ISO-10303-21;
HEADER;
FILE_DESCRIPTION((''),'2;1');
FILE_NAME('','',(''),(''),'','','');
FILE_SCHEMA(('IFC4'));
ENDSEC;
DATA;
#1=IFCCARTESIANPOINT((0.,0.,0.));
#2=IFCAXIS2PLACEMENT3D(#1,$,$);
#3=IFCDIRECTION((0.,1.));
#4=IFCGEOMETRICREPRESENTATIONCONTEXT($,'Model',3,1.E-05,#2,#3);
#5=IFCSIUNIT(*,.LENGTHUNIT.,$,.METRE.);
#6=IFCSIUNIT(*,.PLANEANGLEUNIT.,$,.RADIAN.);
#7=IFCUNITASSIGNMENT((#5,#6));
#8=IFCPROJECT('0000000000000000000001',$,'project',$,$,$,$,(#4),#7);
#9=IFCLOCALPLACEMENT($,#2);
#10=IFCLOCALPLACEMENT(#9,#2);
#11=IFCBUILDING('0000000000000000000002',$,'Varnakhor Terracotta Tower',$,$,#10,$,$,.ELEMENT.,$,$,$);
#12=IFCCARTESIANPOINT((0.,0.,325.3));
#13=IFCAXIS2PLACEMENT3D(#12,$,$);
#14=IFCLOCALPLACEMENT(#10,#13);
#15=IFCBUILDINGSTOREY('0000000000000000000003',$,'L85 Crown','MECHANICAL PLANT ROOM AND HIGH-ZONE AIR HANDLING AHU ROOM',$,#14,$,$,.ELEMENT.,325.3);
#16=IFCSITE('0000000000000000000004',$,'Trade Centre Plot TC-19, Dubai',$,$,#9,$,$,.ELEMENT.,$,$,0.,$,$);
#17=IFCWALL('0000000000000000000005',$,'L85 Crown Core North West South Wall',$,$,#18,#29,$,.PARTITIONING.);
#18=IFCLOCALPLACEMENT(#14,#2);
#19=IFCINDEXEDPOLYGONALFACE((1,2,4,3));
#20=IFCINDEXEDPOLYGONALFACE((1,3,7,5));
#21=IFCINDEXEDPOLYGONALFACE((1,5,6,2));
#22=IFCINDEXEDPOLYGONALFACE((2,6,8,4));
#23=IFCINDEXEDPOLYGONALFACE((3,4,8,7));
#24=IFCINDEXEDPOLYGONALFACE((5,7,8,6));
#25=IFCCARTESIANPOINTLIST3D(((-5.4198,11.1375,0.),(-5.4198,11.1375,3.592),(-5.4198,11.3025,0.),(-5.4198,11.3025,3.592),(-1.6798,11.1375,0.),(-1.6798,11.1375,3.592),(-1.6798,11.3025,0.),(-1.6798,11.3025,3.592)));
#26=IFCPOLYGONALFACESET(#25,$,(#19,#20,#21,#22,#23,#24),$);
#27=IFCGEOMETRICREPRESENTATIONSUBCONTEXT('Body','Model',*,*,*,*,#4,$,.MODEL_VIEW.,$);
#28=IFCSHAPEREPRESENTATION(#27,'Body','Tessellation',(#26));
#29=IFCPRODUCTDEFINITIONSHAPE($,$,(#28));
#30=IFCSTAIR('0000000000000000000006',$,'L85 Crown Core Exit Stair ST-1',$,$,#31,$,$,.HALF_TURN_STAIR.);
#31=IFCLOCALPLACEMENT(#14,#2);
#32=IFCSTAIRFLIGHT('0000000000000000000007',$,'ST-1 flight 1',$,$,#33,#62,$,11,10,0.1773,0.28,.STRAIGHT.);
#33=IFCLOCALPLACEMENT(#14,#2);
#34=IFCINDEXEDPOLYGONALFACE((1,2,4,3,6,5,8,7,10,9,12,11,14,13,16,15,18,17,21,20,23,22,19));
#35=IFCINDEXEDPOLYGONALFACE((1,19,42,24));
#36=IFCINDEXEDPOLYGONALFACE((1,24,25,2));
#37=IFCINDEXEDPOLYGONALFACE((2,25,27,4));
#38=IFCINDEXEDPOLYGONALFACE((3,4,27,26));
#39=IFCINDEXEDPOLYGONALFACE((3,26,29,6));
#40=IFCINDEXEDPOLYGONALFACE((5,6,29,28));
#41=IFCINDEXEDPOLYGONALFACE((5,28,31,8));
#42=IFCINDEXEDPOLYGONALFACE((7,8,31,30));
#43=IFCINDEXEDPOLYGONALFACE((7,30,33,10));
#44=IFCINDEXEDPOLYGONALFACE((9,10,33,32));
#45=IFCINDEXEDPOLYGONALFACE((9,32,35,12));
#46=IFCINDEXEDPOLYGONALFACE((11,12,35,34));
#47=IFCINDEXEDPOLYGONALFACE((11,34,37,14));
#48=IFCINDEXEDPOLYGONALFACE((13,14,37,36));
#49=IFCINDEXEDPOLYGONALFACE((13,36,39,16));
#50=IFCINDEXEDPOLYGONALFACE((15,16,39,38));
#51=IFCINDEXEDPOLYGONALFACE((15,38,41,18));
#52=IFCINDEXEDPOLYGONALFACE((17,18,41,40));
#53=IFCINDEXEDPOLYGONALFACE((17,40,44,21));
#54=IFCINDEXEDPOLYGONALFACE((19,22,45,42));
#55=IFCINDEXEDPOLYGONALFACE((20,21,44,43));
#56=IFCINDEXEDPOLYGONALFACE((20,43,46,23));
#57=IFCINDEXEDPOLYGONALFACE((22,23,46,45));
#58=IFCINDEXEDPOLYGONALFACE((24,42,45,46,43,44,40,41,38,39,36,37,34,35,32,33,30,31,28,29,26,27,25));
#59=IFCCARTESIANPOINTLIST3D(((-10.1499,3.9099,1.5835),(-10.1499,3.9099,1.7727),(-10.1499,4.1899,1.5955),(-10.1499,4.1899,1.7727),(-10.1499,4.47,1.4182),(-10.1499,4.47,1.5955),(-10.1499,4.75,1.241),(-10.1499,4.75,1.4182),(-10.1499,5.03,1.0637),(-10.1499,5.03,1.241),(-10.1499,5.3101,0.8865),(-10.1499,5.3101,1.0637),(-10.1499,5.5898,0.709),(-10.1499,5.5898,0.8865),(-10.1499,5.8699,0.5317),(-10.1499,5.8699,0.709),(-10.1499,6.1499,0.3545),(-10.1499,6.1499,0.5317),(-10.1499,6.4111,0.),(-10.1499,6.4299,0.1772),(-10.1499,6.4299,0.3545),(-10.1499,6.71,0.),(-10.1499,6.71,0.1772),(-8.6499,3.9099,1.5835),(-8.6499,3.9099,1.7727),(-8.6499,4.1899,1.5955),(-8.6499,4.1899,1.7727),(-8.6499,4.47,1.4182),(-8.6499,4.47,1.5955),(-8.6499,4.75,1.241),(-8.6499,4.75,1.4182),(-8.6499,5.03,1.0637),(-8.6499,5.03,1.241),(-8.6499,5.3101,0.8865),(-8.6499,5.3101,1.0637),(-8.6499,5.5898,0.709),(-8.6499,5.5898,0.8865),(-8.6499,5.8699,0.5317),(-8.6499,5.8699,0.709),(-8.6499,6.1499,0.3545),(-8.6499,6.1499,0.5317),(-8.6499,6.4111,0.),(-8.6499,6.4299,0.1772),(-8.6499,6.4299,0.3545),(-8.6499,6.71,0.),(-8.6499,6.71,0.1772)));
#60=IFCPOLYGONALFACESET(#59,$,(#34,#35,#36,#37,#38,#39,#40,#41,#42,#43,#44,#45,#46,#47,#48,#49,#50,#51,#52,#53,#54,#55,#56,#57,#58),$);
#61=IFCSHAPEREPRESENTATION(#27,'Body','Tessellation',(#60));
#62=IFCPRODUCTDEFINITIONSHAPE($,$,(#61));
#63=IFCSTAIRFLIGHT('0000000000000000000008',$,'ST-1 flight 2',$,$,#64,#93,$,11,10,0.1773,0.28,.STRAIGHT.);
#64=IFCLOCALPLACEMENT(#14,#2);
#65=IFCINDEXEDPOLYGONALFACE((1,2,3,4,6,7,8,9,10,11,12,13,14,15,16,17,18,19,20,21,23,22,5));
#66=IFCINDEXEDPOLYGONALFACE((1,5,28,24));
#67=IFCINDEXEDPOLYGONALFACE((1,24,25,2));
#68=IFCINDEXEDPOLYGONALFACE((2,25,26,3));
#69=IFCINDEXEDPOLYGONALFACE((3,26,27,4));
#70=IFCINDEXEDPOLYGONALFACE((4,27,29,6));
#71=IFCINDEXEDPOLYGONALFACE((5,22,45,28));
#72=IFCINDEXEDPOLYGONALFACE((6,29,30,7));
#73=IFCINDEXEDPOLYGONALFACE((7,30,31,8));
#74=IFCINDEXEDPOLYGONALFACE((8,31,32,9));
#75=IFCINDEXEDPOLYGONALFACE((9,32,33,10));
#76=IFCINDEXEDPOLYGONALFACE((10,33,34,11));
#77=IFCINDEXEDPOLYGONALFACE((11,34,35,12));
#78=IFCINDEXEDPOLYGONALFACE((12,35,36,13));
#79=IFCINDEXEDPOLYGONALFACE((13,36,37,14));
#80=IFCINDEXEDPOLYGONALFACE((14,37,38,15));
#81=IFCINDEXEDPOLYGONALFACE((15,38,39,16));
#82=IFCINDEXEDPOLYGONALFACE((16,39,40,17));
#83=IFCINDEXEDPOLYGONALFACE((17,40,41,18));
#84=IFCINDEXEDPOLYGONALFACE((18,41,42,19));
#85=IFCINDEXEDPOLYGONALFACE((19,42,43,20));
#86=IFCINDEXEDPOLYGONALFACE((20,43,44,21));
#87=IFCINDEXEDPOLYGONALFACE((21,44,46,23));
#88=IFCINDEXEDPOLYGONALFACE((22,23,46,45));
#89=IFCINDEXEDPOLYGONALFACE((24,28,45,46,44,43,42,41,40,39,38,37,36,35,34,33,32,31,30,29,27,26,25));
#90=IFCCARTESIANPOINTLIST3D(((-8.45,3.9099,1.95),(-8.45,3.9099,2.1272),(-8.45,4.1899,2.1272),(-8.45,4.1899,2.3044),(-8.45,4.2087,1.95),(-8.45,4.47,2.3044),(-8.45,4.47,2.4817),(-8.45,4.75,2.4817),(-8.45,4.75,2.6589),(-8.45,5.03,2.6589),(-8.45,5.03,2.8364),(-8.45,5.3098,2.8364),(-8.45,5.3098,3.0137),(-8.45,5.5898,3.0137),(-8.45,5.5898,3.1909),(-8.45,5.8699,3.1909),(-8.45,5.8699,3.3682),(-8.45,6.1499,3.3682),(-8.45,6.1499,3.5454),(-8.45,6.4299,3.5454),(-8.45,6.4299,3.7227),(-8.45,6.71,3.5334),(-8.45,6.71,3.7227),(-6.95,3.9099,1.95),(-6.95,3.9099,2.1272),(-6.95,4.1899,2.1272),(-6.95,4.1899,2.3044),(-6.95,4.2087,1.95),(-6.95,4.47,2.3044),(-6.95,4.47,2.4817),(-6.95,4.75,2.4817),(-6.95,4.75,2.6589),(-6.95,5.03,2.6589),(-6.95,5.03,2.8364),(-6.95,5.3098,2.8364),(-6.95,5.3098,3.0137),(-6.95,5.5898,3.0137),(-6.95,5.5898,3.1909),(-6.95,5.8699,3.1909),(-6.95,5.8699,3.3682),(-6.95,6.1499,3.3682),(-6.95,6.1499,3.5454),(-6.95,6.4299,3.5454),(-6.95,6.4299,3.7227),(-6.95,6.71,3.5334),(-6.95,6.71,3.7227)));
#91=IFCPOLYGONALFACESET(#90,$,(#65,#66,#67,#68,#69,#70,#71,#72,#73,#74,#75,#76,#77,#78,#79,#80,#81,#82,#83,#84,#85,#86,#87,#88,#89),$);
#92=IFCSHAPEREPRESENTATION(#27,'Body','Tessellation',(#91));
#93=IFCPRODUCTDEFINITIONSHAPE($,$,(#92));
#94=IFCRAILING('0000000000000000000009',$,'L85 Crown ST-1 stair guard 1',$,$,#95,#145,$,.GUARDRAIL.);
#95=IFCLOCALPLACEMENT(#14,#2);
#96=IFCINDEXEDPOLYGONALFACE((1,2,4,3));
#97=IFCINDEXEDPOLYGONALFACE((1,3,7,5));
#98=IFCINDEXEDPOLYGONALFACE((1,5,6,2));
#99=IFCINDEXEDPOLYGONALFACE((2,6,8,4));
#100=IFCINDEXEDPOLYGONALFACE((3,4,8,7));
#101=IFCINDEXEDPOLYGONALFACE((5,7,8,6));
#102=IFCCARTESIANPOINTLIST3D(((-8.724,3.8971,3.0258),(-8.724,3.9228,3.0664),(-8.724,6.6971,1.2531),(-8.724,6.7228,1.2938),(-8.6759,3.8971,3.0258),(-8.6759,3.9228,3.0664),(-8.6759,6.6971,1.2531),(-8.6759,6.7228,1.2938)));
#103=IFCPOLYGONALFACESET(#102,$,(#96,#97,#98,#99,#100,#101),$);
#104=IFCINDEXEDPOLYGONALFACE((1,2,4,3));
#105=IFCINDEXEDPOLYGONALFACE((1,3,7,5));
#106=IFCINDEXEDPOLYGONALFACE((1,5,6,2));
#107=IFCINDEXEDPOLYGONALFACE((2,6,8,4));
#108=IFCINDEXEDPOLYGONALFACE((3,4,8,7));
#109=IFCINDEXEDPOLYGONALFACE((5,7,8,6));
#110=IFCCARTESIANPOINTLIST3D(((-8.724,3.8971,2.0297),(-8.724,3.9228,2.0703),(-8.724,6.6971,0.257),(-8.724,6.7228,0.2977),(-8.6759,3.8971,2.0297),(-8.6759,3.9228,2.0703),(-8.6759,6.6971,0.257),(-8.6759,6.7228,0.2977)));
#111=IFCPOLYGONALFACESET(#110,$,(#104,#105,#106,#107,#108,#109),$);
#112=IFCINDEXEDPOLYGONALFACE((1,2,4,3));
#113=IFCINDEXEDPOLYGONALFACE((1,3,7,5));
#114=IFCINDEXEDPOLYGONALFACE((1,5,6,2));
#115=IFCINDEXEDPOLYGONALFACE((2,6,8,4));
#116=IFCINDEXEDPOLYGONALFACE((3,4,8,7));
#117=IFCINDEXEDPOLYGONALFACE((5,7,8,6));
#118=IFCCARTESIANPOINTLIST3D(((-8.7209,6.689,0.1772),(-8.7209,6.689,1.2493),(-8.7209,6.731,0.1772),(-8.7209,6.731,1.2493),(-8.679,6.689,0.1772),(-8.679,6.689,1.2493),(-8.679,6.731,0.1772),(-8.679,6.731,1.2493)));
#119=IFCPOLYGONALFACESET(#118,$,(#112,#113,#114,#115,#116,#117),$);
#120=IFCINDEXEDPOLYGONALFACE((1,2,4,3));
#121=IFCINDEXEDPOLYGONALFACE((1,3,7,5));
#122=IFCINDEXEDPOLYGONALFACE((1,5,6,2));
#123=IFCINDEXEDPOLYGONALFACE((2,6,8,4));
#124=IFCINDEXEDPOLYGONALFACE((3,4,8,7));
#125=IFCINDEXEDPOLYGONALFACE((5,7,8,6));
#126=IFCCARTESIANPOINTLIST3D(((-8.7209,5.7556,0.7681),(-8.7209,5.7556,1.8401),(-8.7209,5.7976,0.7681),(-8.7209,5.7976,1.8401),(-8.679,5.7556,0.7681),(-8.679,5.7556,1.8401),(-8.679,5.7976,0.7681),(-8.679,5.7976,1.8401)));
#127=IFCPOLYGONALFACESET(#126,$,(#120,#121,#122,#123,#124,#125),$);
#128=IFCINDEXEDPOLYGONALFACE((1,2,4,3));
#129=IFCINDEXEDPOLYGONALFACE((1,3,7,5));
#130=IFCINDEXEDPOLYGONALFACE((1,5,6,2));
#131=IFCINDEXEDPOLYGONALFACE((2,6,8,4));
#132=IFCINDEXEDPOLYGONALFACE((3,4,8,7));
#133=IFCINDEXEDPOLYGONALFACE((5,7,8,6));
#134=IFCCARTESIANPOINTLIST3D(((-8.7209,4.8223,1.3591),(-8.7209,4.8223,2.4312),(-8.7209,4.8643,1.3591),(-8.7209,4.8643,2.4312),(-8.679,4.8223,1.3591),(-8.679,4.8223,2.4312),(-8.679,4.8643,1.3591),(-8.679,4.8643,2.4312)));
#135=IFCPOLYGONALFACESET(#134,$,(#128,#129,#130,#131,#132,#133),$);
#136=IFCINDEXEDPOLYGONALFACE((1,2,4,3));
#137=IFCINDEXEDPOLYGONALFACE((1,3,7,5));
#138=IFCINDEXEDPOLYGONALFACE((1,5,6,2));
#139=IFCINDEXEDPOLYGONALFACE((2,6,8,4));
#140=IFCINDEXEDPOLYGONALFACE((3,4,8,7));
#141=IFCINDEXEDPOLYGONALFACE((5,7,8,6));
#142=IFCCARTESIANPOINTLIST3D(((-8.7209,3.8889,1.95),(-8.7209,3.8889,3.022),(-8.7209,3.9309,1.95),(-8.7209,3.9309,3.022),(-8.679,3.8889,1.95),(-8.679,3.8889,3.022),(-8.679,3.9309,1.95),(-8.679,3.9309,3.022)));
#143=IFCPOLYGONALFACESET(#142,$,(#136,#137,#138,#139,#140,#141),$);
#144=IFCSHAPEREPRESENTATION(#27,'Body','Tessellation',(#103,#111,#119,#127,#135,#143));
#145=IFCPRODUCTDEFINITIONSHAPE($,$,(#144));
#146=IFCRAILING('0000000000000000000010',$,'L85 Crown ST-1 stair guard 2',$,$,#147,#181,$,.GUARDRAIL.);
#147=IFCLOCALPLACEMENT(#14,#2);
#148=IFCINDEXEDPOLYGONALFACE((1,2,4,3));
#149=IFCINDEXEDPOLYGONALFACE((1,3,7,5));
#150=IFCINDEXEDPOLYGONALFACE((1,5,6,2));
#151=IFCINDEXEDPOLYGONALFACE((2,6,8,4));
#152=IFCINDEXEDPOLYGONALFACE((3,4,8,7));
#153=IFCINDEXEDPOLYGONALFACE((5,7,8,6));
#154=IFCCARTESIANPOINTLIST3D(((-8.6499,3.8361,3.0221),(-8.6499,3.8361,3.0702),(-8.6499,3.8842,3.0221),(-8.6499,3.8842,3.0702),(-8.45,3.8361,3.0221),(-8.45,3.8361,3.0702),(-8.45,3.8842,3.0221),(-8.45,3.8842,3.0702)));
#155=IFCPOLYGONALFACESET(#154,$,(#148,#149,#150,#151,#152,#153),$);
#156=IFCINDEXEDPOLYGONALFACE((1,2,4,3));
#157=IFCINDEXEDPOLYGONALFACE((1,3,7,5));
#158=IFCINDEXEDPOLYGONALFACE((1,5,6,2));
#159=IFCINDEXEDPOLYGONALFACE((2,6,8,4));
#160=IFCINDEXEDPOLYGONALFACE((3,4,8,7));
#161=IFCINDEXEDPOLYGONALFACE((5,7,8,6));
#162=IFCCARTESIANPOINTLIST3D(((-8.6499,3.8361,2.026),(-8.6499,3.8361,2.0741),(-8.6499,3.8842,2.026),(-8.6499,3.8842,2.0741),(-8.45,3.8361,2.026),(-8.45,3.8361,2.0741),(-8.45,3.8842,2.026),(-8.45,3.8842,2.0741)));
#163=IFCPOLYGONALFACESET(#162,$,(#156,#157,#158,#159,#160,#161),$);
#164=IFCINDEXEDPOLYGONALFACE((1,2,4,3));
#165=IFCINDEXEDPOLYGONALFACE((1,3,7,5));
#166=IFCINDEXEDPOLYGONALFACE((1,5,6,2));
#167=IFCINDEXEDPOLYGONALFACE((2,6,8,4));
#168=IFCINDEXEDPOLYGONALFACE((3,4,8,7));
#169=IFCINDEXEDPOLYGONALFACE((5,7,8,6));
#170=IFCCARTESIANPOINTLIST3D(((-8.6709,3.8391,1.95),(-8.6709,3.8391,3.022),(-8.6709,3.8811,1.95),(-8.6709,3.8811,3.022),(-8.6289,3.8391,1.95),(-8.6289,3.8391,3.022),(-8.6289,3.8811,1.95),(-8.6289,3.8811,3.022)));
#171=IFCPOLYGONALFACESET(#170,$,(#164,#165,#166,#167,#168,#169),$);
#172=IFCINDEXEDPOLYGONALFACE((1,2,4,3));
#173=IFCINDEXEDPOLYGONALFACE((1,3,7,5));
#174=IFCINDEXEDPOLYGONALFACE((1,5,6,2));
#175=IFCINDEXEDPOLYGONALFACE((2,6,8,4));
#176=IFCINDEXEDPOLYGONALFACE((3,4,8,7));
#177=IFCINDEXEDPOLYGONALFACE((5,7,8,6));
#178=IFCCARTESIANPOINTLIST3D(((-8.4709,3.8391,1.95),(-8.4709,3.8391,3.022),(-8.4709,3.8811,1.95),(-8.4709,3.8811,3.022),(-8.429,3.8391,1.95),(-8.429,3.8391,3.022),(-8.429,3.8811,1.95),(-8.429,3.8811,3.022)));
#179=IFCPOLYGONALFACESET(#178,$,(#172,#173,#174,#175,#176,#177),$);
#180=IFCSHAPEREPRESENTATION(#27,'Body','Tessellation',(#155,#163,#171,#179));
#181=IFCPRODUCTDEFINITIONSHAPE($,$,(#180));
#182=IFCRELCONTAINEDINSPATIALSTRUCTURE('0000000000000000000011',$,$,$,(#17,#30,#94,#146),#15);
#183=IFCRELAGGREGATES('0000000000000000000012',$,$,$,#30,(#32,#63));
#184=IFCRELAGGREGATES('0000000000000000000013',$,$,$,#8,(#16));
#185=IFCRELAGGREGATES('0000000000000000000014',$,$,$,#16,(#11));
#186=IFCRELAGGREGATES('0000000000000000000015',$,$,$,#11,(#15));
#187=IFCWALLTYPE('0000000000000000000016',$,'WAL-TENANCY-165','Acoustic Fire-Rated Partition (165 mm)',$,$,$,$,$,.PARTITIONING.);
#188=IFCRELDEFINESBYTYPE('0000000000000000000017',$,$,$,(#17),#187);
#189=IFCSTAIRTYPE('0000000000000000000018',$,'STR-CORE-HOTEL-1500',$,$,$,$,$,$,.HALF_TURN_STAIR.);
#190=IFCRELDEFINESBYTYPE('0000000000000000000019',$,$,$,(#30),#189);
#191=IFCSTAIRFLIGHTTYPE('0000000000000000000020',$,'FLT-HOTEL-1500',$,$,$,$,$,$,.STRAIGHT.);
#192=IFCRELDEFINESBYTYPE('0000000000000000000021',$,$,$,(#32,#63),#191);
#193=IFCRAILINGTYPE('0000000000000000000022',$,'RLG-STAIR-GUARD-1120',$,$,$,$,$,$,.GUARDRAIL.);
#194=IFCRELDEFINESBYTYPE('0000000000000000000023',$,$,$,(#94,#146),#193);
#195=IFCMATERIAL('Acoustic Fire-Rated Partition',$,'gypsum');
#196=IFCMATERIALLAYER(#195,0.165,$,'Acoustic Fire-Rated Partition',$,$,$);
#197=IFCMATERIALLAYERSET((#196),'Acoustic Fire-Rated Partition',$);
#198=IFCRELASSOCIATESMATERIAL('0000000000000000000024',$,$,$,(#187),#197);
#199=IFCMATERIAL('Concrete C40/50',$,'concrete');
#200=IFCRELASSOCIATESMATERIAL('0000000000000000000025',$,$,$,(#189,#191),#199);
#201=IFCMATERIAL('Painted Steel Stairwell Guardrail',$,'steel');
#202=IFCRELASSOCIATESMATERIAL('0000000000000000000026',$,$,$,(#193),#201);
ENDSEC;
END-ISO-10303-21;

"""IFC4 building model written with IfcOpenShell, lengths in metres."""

from ifc_helpers import new_model, si_unit, direction, frame, frame_2d, origin, origin_2d, place, context, subcontext, project, spatial, polyline, rectangle, outline, extrude, material, layer, layer_set, type_object, element, aggregate, save


model = new_model("IFC4")

# Units and contexts
model_context = context("Model", 3, precision=1e-05, world=origin(), true_north=direction((0.0, 1.0)))
body_context = subcontext(model_context, "Body", "Model", "MODEL_VIEW")
ifc_project = project(units=[si_unit("LENGTHUNIT", "METRE"), si_unit("PLANEANGLEUNIT", "RADIAN")], contexts=[model_context])

# Site, building, storey
site_placement = place(None, origin())
site = spatial("IfcSite", under=ifc_project, at=site_placement, Name="Trade Centre Plot TC-19, Dubai", CompositionType="ELEMENT", RefElevation=0.0)
building_placement = place(site_placement, origin())
building = spatial("IfcBuilding", under=site, at=building_placement, Name="Varnakhor Terracotta Tower", CompositionType="ELEMENT")
storey_placement = place(building_placement, frame((0.0, 0.0, 325.3)))
storey = spatial("IfcBuildingStorey", under=building, at=storey_placement, Name="L85 Crown", Description="MECHANICAL PLANT ROOM AND HIGH-ZONE AIR HANDLING AHU ROOM", CompositionType="ELEMENT", Elevation=325.3)

# Shared definitions
ifc_material_1 = material(Name="Concrete C40/50", Category="concrete")

# Shared definitions
ifc_material_2 = material(Name="Acoustic Fire-Rated Partition", Category="gypsum")
ifc_layer_1 = layer(ifc_material_2, 0.165, Name="Acoustic Fire-Rated Partition")
ifc_layer_set_1 = layer_set([ifc_layer_1], Name="Acoustic Fire-Rated Partition")
wall_type_1 = type_object("IfcWallType", Name="WAL-TENANCY-165", Description="Acoustic Fire-Rated Partition (165 mm)", PredefinedType="PARTITIONING", material=ifc_layer_set_1)

# Wall
wall_1_placement = place(storey_placement, frame((-5.4199, 11.22, 0.0), z_axis=(0.0, 0.0, 1.0), x_axis=(1.0, 0.0, 0.0)))
element("IfcWall", 1, at=wall_1_placement, inside=storey, type_object=wall_type_1, Name="L85 Crown Core North West South Wall", PredefinedType="PARTITIONING", context=body_context, shape_type="SweptSolid", body=[
    extrude(rectangle(XDim=3.74, YDim=0.165, at=frame_2d((1.8701, 0.0))), origin(), (0.0, 0.0, 1.0), 3.592),
])

# Stair, stair flights
stair_type = type_object("IfcStairType", Name="STR-CORE-HOTEL-1500", PredefinedType="HALF_TURN_STAIR", material=ifc_material_1)
stair_placement = place(storey_placement, origin())
stair = element("IfcStair", 2, at=stair_placement, inside=storey, type_object=stair_type, Name="L85 Crown Core Exit Stair ST-1", PredefinedType="HALF_TURN_STAIR")
stair_flight_type = type_object("IfcStairFlightType", Name="FLT-HOTEL-1500", PredefinedType="STRAIGHT", material=ifc_material_1)
stair_flight_1_placement = place(storey_placement, frame((-9.3999, 6.71, 0.0), z_axis=(0.0, 0.0, 1.0), x_axis=(0.0, -1.0, 0.0)))
stair_flight_1 = element("IfcStairFlight", 3, at=stair_flight_1_placement, type_object=stair_flight_type, Name="ST-1 flight 1", NumberOfRisers=11, NumberOfTreads=10, PredefinedType="STRAIGHT", RiserHeight=0.1773, TreadLength=0.28, context=body_context, shape_type="SweptSolid", body=[
    extrude(outline(polyline([(0.0, 0.0), (0.0, 0.1772), (0.28, 0.1772), (0.28, 0.3545), (0.5601, 0.3545), (0.5601, 0.5317), (0.8401, 0.5317), (0.8401, 0.709), (1.1201, 0.709), (1.1201, 0.8865), (1.3999, 0.8865), (1.3999, 1.0637), (1.6799, 1.0637), (1.6799, 1.241), (1.96, 1.241), (1.96, 1.4182), (2.24, 1.4182), (2.24, 1.5955), (2.52, 1.5955), (2.52, 1.7727), (2.8, 1.7727), (2.8, 1.95), (2.8, 1.5835), (0.2988, 0.0), (0.0, 0.0)])), frame((0.0, 0.75, 0.0), z_axis=(0.0, -1.0, 0.0), x_axis=(1.0, 0.0, 0.0)), (0.0, 0.0, 1.0), 1.5),
])
stair_flight_2_placement = place(storey_placement, frame((-7.7, 3.9099, 1.95), z_axis=(0.0, 0.0, 1.0), x_axis=(0.0, 1.0, 0.0)))
stair_flight_2 = element("IfcStairFlight", 4, at=stair_flight_2_placement, type_object=stair_flight_type, Name="ST-1 flight 2", NumberOfRisers=11, NumberOfTreads=10, PredefinedType="STRAIGHT", RiserHeight=0.1773, TreadLength=0.28, context=body_context, shape_type="SweptSolid", body=[
    extrude(outline(polyline([(0.0, 0.0), (0.0, 0.1772), (0.28, 0.1772), (0.28, 0.3545), (0.5601, 0.3545), (0.5601, 0.5317), (0.8401, 0.5317), (0.8401, 0.709), (1.1201, 0.709), (1.1201, 0.8865), (1.3999, 0.8865), (1.3999, 1.0637), (1.6799, 1.0637), (1.6799, 1.241), (1.96, 1.241), (1.96, 1.4182), (2.24, 1.4182), (2.24, 1.5955), (2.52, 1.5955), (2.52, 1.7727), (2.8, 1.7727), (2.8, 1.95), (2.8, 1.5835), (0.2988, 0.0), (0.0, 0.0)])), frame((0.0, 0.75, 0.0), z_axis=(0.0, -1.0, 0.0), x_axis=(1.0, 0.0, 0.0)), (0.0, 0.0, 1.0), 1.5),
])
aggregate(stair, [stair_flight_1, stair_flight_2])

# Railings
ifc_material_3 = material(Name="Painted Steel Stairwell Guardrail", Category="steel")
railing_type_1 = type_object("IfcRailingType", Name="RLG-STAIR-GUARD-1120", PredefinedType="GUARDRAIL", material=ifc_material_3)
railing_1_placement = place(storey_placement, frame((-8.7, 6.71, 0.1772)))
element("IfcRailing", 5, at=railing_1_placement, inside=storey, type_object=railing_type_1, Name="L85 Crown ST-1 stair guard 1", PredefinedType="GUARDRAIL", context=body_context, shape_type="SweptSolid", body=[
    extrude(rectangle(XDim=0.0481, YDim=0.0481, at=origin_2d()), frame((0.0, 0.0, 1.0962), z_axis=(0.0, -0.844909, 0.53491), x_axis=(1.0, 0.0, 0.0)), (0.0, 0.0, 1.0), 3.314),
    extrude(rectangle(XDim=0.0481, YDim=0.0481, at=origin_2d()), frame((0.0, 0.0, 0.1001), z_axis=(0.0, -0.844909, 0.53491), x_axis=(1.0, 0.0, 0.0)), (0.0, 0.0, 1.0), 3.314),
    extrude(rectangle(XDim=0.042, YDim=0.042, at=origin_2d()), origin(), (0.0, 0.0, 1.0), 1.072),
    extrude(rectangle(XDim=0.042, YDim=0.042, at=origin_2d()), frame((0.0, -0.9333, 0.5908)), (0.0, 0.0, 1.0), 1.072),
    extrude(rectangle(XDim=0.042, YDim=0.042, at=origin_2d()), frame((0.0, -1.8667, 1.1819)), (0.0, 0.0, 1.0), 1.072),
    extrude(rectangle(XDim=0.042, YDim=0.042, at=origin_2d()), frame((0.0, -2.8, 1.7727)), (0.0, 0.0, 1.0), 1.072),
])
railing_2_placement = place(storey_placement, frame((-8.6499, 3.8601, 1.95)))
element("IfcRailing", 6, at=railing_2_placement, inside=storey, type_object=railing_type_1, Name="L85 Crown ST-1 stair guard 2", PredefinedType="GUARDRAIL", context=body_context, shape_type="SweptSolid", body=[
    extrude(rectangle(XDim=0.0481, YDim=0.0481, at=origin_2d()), frame((0.0, 0.0, 1.0962), z_axis=(1.0, 0.0, 0.0), x_axis=(0.0, 1.0, 0.0)), (0.0, 0.0, 1.0), 0.2),
    extrude(rectangle(XDim=0.0481, YDim=0.0481, at=origin_2d()), frame((0.0, 0.0, 0.1001), z_axis=(1.0, 0.0, 0.0), x_axis=(0.0, 1.0, 0.0)), (0.0, 0.0, 1.0), 0.2),
    extrude(rectangle(XDim=0.042, YDim=0.042, at=origin_2d()), origin(), (0.0, 0.0, 1.0), 1.072),
    extrude(rectangle(XDim=0.042, YDim=0.042, at=origin_2d()), frame((0.2, 0.0, 0.0)), (0.0, 0.0, 1.0), 1.072),
])

save(model, "model.ifc")
